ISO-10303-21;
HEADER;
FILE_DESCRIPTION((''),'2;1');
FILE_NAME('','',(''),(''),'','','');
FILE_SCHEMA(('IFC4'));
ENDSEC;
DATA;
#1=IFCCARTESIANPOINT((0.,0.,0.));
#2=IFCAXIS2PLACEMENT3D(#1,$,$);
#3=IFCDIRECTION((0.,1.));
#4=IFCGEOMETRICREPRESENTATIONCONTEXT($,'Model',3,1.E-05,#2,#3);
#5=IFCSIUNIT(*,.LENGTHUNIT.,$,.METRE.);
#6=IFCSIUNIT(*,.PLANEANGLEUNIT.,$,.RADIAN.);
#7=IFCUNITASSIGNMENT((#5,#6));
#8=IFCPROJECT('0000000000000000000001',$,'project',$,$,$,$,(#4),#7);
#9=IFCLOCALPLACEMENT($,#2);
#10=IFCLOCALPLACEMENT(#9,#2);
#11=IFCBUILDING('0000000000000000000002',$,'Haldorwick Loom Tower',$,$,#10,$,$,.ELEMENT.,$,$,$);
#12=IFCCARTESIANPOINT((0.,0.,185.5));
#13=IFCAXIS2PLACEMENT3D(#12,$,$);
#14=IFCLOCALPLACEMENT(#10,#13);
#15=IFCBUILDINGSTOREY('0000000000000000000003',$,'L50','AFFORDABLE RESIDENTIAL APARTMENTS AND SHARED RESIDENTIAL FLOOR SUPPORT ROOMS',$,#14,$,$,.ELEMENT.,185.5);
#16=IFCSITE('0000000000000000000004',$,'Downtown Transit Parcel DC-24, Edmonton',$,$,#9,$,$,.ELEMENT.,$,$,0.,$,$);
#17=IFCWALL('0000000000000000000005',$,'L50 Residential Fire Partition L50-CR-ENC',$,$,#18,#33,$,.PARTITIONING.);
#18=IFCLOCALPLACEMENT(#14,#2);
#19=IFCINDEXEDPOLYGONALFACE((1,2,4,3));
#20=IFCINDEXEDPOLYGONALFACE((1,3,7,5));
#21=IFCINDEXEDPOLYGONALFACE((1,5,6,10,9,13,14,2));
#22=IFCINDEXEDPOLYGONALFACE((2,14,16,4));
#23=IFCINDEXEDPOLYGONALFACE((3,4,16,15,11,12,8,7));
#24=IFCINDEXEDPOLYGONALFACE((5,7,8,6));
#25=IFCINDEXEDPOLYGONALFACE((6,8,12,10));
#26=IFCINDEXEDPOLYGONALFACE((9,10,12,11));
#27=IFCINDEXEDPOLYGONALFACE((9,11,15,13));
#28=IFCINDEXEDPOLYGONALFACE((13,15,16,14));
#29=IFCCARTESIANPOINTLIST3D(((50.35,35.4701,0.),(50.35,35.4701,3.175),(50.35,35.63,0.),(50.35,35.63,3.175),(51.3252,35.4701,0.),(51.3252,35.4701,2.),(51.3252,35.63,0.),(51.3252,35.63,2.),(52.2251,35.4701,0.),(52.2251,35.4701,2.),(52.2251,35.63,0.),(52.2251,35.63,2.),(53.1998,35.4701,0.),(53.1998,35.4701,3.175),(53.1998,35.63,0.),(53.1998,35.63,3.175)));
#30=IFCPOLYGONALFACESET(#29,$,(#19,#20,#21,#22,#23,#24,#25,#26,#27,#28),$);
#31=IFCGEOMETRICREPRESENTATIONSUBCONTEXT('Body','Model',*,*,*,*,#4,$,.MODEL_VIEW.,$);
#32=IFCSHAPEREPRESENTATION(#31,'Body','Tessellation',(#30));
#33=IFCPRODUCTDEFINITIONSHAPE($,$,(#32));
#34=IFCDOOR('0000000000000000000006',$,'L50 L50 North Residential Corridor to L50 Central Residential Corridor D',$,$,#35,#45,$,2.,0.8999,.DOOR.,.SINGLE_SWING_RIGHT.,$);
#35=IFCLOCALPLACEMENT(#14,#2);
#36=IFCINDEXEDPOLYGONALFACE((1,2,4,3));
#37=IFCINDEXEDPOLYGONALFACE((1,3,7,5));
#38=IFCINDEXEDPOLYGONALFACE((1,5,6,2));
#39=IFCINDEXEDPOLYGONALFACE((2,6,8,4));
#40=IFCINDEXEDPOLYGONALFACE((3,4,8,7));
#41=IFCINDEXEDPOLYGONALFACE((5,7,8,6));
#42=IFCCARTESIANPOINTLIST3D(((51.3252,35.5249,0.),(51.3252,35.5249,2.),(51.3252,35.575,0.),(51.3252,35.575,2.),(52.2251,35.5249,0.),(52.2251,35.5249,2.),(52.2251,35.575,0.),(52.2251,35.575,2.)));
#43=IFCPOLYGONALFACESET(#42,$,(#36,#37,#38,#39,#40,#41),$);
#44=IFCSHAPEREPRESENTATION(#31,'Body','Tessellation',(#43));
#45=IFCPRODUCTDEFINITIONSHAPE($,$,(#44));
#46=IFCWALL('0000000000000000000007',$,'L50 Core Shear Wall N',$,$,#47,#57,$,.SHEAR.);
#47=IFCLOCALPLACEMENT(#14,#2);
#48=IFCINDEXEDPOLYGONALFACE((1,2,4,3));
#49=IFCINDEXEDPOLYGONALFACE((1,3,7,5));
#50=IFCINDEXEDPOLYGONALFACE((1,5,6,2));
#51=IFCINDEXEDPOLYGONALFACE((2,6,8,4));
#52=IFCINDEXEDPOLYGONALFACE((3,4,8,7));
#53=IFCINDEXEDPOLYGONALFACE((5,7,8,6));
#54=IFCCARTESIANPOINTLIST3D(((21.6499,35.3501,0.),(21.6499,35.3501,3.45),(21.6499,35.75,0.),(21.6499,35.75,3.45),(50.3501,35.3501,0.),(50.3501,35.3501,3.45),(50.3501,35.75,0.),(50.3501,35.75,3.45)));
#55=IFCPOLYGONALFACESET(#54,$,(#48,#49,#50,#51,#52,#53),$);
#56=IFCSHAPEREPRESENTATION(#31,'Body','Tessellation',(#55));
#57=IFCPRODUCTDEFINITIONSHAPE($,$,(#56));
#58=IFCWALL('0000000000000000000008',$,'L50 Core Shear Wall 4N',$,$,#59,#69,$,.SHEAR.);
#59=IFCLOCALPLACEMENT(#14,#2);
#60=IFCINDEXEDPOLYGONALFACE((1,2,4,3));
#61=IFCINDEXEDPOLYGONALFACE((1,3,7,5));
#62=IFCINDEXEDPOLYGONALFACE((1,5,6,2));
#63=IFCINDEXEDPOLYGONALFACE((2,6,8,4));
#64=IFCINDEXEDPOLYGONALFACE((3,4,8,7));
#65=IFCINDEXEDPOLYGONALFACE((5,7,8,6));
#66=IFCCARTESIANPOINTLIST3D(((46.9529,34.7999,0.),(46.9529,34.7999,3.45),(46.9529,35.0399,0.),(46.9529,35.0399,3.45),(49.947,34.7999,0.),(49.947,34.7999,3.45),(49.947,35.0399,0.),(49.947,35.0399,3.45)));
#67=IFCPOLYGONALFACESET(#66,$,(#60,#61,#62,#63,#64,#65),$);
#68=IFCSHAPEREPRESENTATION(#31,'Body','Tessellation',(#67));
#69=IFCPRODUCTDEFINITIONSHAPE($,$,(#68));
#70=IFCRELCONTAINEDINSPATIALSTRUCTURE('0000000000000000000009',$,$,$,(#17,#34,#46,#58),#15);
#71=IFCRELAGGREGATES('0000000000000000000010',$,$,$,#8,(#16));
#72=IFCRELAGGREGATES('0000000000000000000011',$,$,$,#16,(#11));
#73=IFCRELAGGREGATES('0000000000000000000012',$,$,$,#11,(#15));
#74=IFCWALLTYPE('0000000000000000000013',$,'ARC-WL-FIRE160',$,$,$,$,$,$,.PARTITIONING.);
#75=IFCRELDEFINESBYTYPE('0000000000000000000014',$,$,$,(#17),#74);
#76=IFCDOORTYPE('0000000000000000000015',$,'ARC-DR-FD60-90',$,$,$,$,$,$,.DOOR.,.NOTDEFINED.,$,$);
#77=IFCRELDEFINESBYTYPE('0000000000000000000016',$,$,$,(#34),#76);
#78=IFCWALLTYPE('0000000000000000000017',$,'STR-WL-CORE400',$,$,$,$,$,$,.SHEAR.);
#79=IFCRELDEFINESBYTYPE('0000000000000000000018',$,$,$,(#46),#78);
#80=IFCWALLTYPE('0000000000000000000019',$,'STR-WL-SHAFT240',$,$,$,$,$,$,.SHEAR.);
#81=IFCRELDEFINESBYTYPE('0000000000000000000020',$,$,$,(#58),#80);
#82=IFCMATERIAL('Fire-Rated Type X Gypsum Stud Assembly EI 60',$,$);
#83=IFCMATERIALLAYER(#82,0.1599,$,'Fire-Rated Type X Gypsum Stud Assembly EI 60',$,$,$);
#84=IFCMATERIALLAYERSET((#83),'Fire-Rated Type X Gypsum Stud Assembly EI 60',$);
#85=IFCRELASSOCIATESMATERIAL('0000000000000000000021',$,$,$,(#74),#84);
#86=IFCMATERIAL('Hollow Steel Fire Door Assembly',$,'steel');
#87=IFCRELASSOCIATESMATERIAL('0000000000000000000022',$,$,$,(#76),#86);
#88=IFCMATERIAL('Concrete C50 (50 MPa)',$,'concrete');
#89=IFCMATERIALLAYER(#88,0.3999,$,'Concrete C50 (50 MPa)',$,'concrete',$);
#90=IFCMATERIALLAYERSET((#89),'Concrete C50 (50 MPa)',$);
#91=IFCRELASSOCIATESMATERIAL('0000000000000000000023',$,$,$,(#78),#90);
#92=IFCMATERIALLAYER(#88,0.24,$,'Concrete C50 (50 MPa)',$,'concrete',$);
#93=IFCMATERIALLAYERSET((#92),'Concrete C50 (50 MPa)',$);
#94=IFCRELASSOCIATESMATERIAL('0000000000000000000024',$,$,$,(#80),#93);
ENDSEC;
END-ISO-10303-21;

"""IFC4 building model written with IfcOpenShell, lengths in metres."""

from ifc_helpers import new_model, si_unit, direction, frame, frame_2d, origin, place, context, subcontext, project, spatial, rectangle, extrude, material, layer, layer_set, type_object, element, fill, save


model = new_model("IFC4")

# Units and contexts
model_context = context("Model", 3, precision=1e-05, world=origin(), true_north=direction((0.0, 1.0)))
body_context = subcontext(model_context, "Body", "Model", "MODEL_VIEW")
ifc_project = project(units=[si_unit("LENGTHUNIT", "METRE"), si_unit("PLANEANGLEUNIT", "RADIAN")], contexts=[model_context])

# Site, building, storey
site_placement = place(None, origin())
site = spatial("IfcSite", under=ifc_project, at=site_placement, Name="Downtown Transit Parcel DC-24, Edmonton", CompositionType="ELEMENT", RefElevation=0.0)
building_placement = place(site_placement, origin())
building = spatial("IfcBuilding", under=site, at=building_placement, Name="Haldorwick Loom Tower", CompositionType="ELEMENT")
storey_placement = place(building_placement, frame((0.0, 0.0, 185.5)))
storey = spatial("IfcBuildingStorey", under=building, at=storey_placement, Name="L50", Description="AFFORDABLE RESIDENTIAL APARTMENTS AND SHARED RESIDENTIAL FLOOR SUPPORT ROOMS", CompositionType="ELEMENT", Elevation=185.5)

# Shared definitions
ifc_material_1 = material(Name="Fire-Rated Type X Gypsum Stud Assembly EI 60")
ifc_layer_1 = layer(ifc_material_1, 0.1599, Name="Fire-Rated Type X Gypsum Stud Assembly EI 60")
ifc_layer_set_1 = layer_set([ifc_layer_1], Name="Fire-Rated Type X Gypsum Stud Assembly EI 60")
wall_type_1 = type_object("IfcWallType", Name="ARC-WL-FIRE160", PredefinedType="PARTITIONING", material=ifc_layer_set_1)

# Wall, opening, door
ifc_material_2 = material(Name="Hollow Steel Fire Door Assembly", Category="steel")
door_type = type_object("IfcDoorType", Name="ARC-DR-FD60-90", OperationType="NOTDEFINED", PredefinedType="DOOR", material=ifc_material_2)
wall_1_placement = place(storey_placement, frame((50.3501, 35.55, 0.0), z_axis=(0.0, 0.0, 1.0), x_axis=(1.0, 0.0, 0.0)))
wall_1 = element("IfcWall", 1, at=wall_1_placement, inside=storey, type_object=wall_type_1, Name="L50 Residential Fire Partition L50-CR-ENC", PredefinedType="PARTITIONING", context=body_context, shape_type="SweptSolid", body=[
    extrude(rectangle(XDim=2.8499, YDim=0.1599, at=frame_2d((1.4248, 0.0))), origin(), (0.0, 0.0, 1.0), 3.175),
])
opening_1_placement = place(wall_1_placement, frame((0.9751, 0.0, 0.0)))
opening_1 = element("IfcOpeningElement", 2, at=opening_1_placement, cuts=wall_1, PredefinedType="OPENING", context=body_context, shape_type="SweptSolid", body=[
    extrude(rectangle(XDim=0.8999, YDim=2.0, at=frame_2d((0.45, 1.0))), frame((0.0, 0.0898, 0.0), z_axis=(0.0, -1.0, 0.0), x_axis=(1.0, 0.0, 0.0)), (0.0, 0.0, 1.0), 0.1799),
])
door_1_placement = place(opening_1_placement, origin())
door_1 = element("IfcDoor", 3, at=door_1_placement, inside=storey, type_object=door_type, Name="L50 L50 North Residential Corridor to L50 Central Residential Corridor D", OperationType="SINGLE_SWING_RIGHT", OverallHeight=2.0, OverallWidth=0.8999, PredefinedType="DOOR", context=body_context, shape_type="SweptSolid", body=[
    extrude(rectangle(XDim=0.8999, YDim=2.0, at=frame_2d((0.45, 1.0))), frame((0.0, 0.0249, 0.0), z_axis=(0.0, -1.0, 0.0), x_axis=(1.0, 0.0, 0.0)), (0.0, 0.0, 1.0), 0.05),
])
fill(opening_1, door_1)

# Walls
ifc_material_3 = material(Name="Concrete C50 (50 MPa)", Category="concrete")
ifc_layer_2 = layer(ifc_material_3, 0.3999, Name="Concrete C50 (50 MPa)", Category="concrete")
ifc_layer_set_2 = layer_set([ifc_layer_2], Name="Concrete C50 (50 MPa)")
wall_type_2 = type_object("IfcWallType", Name="STR-WL-CORE400", PredefinedType="SHEAR", material=ifc_layer_set_2)
wall_2_placement = place(storey_placement, frame((50.3501, 35.55, 0.0), z_axis=(0.0, 0.0, 1.0), x_axis=(-1.0, 0.0, 0.0)))
element("IfcWall", 4, at=wall_2_placement, inside=storey, type_object=wall_type_2, Name="L50 Core Shear Wall N", PredefinedType="SHEAR", context=body_context, shape_type="SweptSolid", body=[
    extrude(rectangle(XDim=28.7002, YDim=0.3999, at=frame_2d((14.3501, 0.0))), origin(), (0.0, 0.0, 1.0), 3.45),
])
ifc_layer_3 = layer(ifc_material_3, 0.24, Name="Concrete C50 (50 MPa)", Category="concrete")
ifc_layer_set_3 = layer_set([ifc_layer_3], Name="Concrete C50 (50 MPa)")
wall_type_3 = type_object("IfcWallType", Name="STR-WL-SHAFT240", PredefinedType="SHEAR", material=ifc_layer_set_3)
wall_3_placement = place(storey_placement, frame((46.9529, 34.9199, 0.0), z_axis=(0.0, 0.0, 1.0), x_axis=(1.0, 0.0, 0.0)))
element("IfcWall", 5, at=wall_3_placement, inside=storey, type_object=wall_type_3, Name="L50 Core Shear Wall 4N", PredefinedType="SHEAR", context=body_context, shape_type="SweptSolid", body=[
    extrude(rectangle(XDim=2.9941, YDim=0.24, at=frame_2d((1.4971, 0.0))), origin(), (0.0, 0.0, 1.0), 3.45),
])

save(model, "model.ifc")
